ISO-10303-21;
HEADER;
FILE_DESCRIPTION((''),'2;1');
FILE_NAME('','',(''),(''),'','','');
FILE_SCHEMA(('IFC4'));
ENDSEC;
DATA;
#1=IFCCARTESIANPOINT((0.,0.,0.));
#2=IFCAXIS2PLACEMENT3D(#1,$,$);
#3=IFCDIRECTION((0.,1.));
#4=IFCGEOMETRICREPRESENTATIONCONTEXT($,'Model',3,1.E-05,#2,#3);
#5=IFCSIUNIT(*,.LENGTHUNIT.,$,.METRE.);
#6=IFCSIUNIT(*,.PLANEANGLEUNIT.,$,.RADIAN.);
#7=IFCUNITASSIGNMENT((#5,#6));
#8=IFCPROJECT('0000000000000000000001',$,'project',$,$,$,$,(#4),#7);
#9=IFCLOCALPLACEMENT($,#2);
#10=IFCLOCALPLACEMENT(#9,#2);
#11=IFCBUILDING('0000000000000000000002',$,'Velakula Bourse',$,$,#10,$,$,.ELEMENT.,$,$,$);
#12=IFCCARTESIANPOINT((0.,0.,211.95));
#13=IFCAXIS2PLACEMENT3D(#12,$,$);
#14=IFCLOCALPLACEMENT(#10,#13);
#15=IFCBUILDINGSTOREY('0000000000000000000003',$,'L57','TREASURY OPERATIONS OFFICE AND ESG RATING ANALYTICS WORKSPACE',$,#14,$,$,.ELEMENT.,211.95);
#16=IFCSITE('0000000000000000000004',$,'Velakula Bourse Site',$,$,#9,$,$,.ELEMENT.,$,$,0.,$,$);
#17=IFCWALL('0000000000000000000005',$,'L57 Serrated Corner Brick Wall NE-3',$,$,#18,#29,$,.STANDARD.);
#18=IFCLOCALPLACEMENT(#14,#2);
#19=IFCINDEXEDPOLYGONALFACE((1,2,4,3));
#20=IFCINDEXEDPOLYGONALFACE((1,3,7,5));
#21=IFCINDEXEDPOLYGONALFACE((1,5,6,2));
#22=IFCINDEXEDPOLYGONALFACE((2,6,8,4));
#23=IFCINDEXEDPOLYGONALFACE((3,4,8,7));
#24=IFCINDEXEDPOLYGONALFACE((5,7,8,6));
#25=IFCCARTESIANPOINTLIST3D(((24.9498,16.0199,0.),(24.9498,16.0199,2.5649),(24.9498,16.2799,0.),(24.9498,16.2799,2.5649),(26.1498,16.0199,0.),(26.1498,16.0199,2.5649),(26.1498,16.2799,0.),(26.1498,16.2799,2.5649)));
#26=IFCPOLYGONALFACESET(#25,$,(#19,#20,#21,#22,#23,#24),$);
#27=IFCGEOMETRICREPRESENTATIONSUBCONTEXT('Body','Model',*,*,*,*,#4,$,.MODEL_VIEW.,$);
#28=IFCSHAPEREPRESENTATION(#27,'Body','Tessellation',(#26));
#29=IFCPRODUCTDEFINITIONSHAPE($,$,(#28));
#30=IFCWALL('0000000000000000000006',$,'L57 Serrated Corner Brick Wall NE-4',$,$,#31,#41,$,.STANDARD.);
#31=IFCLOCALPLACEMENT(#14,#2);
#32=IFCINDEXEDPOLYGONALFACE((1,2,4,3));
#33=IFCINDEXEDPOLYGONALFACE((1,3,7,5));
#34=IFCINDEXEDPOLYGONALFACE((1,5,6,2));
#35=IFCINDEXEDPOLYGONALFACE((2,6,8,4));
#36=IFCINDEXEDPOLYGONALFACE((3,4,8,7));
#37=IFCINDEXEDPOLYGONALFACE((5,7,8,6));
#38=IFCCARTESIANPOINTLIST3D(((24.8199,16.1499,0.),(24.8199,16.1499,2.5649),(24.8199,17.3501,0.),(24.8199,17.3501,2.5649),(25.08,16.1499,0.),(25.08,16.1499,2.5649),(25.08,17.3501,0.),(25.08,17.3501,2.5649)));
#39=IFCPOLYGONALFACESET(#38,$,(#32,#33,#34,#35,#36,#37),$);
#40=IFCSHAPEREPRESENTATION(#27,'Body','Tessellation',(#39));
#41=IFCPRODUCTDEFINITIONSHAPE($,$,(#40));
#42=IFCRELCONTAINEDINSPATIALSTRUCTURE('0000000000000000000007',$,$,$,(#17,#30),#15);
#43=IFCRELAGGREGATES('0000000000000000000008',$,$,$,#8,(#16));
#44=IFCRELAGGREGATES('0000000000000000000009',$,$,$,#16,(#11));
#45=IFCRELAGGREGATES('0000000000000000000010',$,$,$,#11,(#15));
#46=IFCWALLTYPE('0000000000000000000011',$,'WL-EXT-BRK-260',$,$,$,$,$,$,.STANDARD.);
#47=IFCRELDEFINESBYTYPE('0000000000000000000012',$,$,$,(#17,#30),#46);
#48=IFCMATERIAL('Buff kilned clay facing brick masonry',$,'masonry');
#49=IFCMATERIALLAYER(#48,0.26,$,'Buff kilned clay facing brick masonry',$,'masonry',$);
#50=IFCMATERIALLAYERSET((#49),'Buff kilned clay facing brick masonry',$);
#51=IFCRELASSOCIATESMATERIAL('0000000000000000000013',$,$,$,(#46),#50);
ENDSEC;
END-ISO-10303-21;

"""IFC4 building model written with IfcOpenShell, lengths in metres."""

from ifc_helpers import new_model, si_unit, direction, frame, frame_2d, origin, place, context, subcontext, project, spatial, rectangle, extrude, material, layer, layer_set, type_object, element, save


model = new_model("IFC4")

# Units and contexts
model_context = context("Model", 3, precision=1e-05, world=origin(), true_north=direction((0.0, 1.0)))
body_context = subcontext(model_context, "Body", "Model", "MODEL_VIEW")
ifc_project = project(units=[si_unit("LENGTHUNIT", "METRE"), si_unit("PLANEANGLEUNIT", "RADIAN")], contexts=[model_context])

# Site, building, storey
site_placement = place(None, origin())
site = spatial("IfcSite", under=ifc_project, at=site_placement, Name="Velakula Bourse Site", CompositionType="ELEMENT", RefElevation=0.0)
building_placement = place(site_placement, origin())
building = spatial("IfcBuilding", under=site, at=building_placement, Name="Velakula Bourse", CompositionType="ELEMENT")
storey_placement = place(building_placement, frame((0.0, 0.0, 211.95)))
storey = spatial("IfcBuildingStorey", under=building, at=storey_placement, Name="L57", Description="TREASURY OPERATIONS OFFICE AND ESG RATING ANALYTICS WORKSPACE", CompositionType="ELEMENT", Elevation=211.95)

# Shared definitions
ifc_material_1 = material(Name="Buff kilned clay facing brick masonry", Category="masonry")
ifc_layer = layer(ifc_material_1, 0.26, Name="Buff kilned clay facing brick masonry", Category="masonry")
ifc_layer_set = layer_set([ifc_layer], Name="Buff kilned clay facing brick masonry")
wall_type = type_object("IfcWallType", Name="WL-EXT-BRK-260", PredefinedType="STANDARD", material=ifc_layer_set)

# Walls
for number, where, z_axis, x_axis, name in (
    (1, (26.1499, 16.1499, 0.0), (0.0, 0.0, 1.0), (-1.0, 0.0, 0.0), "L57 Serrated Corner Brick Wall NE-3"),
):
    element("IfcWall", number, at=place(storey_placement, frame(where, z_axis=z_axis, x_axis=x_axis)), inside=storey, type_object=wall_type, Name=name, PredefinedType="STANDARD", context=body_context, shape_type="SweptSolid", body=[
        extrude(rectangle(XDim=1.2, YDim=0.26, at=frame_2d((0.6001, 0.0))), origin(), (0.0, 0.0, 1.0), 2.5649),
    ])
wall_1_placement = place(storey_placement, frame((24.95, 16.1499, 0.0), z_axis=(0.0, 0.0, 1.0), x_axis=(0.0, 1.0, 0.0)))
element("IfcWall", 2, at=wall_1_placement, inside=storey, type_object=wall_type, Name="L57 Serrated Corner Brick Wall NE-4", PredefinedType="STANDARD", context=body_context, shape_type="SweptSolid", body=[
    extrude(rectangle(XDim=1.2002, YDim=0.26, at=frame_2d((0.6001, 0.0))), origin(), (0.0, 0.0, 1.0), 2.5649),
])

save(model, "model.ifc")
